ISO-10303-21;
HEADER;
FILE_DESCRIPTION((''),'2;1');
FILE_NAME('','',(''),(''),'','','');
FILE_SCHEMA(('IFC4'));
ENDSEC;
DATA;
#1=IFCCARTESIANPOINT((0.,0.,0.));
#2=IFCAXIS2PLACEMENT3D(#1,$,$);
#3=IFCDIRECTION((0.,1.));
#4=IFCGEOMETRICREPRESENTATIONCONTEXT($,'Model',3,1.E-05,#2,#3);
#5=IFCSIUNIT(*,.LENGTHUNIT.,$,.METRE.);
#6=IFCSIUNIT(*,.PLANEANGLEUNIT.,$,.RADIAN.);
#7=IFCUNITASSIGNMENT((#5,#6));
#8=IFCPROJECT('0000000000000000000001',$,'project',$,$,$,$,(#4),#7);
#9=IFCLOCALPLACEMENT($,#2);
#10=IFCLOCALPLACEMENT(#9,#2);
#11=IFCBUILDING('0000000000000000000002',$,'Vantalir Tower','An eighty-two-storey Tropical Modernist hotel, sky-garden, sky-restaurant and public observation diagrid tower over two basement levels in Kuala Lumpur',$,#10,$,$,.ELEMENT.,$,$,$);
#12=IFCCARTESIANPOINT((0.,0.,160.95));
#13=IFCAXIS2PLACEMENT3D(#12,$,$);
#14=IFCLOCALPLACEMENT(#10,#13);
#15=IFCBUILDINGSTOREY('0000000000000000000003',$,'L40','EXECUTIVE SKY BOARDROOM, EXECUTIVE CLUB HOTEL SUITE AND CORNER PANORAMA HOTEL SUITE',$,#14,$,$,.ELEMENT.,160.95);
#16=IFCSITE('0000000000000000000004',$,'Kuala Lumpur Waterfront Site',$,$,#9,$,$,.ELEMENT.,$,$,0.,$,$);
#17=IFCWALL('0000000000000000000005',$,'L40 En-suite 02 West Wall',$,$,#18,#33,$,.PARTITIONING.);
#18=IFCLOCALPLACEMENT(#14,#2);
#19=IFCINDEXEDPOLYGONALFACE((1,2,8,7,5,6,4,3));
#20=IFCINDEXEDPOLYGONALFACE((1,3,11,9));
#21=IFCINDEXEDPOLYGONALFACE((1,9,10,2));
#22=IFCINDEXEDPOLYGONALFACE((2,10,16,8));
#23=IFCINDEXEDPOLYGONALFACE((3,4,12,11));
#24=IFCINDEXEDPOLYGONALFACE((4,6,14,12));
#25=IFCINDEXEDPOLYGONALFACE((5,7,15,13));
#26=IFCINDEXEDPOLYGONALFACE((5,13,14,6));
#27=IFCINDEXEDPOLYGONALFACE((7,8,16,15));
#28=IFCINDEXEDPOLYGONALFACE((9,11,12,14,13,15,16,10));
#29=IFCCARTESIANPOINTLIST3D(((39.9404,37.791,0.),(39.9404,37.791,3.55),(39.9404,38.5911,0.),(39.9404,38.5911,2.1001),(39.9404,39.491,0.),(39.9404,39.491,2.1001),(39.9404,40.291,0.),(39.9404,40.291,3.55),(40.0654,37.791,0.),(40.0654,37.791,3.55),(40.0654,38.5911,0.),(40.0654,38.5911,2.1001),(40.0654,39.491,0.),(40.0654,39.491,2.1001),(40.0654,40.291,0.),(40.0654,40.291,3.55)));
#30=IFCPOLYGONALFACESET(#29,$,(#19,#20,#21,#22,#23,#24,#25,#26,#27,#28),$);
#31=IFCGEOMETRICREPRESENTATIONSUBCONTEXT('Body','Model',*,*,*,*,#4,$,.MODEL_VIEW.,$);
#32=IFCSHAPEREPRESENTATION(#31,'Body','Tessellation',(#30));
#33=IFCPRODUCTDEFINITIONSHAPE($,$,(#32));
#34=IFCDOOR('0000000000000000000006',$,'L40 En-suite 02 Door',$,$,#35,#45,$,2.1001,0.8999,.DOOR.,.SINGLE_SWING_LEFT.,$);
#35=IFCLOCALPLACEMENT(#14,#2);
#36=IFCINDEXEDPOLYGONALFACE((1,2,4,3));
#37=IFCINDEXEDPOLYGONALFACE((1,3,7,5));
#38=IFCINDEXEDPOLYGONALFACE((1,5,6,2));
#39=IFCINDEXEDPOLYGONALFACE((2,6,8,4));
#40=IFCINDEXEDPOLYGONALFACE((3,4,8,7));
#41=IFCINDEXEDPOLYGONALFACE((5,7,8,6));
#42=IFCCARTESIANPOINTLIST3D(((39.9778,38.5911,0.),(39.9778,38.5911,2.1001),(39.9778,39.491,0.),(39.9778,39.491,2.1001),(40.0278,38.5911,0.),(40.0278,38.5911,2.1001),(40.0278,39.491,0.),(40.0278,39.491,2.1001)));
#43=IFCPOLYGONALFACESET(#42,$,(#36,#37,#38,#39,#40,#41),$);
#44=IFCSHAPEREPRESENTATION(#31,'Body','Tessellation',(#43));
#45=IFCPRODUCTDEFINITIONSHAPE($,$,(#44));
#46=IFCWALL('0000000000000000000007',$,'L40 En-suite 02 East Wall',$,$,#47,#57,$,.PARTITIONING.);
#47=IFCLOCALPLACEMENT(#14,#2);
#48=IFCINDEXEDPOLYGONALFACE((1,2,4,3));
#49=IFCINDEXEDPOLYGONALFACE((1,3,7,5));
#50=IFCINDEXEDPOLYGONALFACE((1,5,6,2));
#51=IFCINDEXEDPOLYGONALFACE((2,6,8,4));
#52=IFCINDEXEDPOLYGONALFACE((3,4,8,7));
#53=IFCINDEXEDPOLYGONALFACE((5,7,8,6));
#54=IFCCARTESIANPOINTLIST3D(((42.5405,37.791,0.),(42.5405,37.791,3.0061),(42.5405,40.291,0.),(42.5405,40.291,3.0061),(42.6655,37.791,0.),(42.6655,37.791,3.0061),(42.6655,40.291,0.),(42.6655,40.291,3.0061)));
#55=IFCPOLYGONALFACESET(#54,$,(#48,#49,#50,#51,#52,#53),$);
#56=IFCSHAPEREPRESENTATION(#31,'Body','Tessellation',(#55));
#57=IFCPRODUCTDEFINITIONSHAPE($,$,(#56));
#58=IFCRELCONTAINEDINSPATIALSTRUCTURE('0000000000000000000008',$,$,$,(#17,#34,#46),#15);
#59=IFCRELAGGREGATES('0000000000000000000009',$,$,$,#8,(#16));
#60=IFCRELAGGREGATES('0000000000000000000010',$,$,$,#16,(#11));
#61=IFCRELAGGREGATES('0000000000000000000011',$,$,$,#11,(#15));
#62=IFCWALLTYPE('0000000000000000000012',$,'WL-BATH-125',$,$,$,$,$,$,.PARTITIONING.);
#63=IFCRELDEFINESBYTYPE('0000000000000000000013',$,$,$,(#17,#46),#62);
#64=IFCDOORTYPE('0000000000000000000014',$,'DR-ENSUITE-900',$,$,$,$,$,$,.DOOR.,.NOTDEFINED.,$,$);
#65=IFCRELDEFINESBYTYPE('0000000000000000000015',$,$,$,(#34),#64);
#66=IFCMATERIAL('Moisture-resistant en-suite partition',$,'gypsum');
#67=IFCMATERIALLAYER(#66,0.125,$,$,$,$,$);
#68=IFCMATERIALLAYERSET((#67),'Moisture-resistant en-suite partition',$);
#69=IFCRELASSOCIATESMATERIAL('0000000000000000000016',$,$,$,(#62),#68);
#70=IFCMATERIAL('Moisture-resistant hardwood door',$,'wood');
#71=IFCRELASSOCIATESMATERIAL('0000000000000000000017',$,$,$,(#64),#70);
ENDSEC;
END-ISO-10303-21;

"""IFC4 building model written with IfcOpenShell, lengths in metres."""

from ifc_helpers import new_model, si_unit, direction, frame, frame_2d, origin, place, context, subcontext, project, spatial, rectangle, extrude, material, layer, layer_set, type_object, element, fill, save


model = new_model("IFC4")

# Units and contexts
model_context = context("Model", 3, precision=1e-05, world=origin(), true_north=direction((0.0, 1.0)))
body_context = subcontext(model_context, "Body", "Model", "MODEL_VIEW")
ifc_project = project(units=[si_unit("LENGTHUNIT", "METRE"), si_unit("PLANEANGLEUNIT", "RADIAN")], contexts=[model_context])

# Site, building, storey
site_placement = place(None, origin())
site = spatial("IfcSite", under=ifc_project, at=site_placement, Name="Kuala Lumpur Waterfront Site", CompositionType="ELEMENT", RefElevation=0.0)
building_placement = place(site_placement, origin())
building = spatial("IfcBuilding", under=site, at=building_placement, Name="Vantalir Tower", Description="An eighty-two-storey Tropical Modernist hotel, sky-garden, sky-restaurant and public observation diagrid tower over two basement levels in Kuala Lumpur", CompositionType="ELEMENT")
storey_placement = place(building_placement, frame((0.0, 0.0, 160.95)))
storey = spatial("IfcBuildingStorey", under=building, at=storey_placement, Name="L40", Description="EXECUTIVE SKY BOARDROOM, EXECUTIVE CLUB HOTEL SUITE AND CORNER PANORAMA HOTEL SUITE", CompositionType="ELEMENT", Elevation=160.95)

# Shared definitions
ifc_material_1 = material(Name="Moisture-resistant en-suite partition", Category="gypsum")
ifc_layer_1 = layer(ifc_material_1, 0.125)
ifc_layer_set_1 = layer_set([ifc_layer_1], Name="Moisture-resistant en-suite partition")
wall_type = type_object("IfcWallType", Name="WL-BATH-125", PredefinedType="PARTITIONING", material=ifc_layer_set_1)

# Wall, opening, door
wall_1_placement = place(storey_placement, frame((40.0029, 37.791, 0.0), z_axis=(0.0, 0.0, 1.0), x_axis=(0.0, 1.0, 0.0)))
wall_1 = element("IfcWall", 1, at=wall_1_placement, inside=storey, type_object=wall_type, Name="L40 En-suite 02 West Wall", PredefinedType="PARTITIONING", context=body_context, shape_type="SweptSolid", body=[
    extrude(rectangle(XDim=2.5, YDim=0.125, at=frame_2d((1.25, 0.0))), origin(), (0.0, 0.0, 1.0), 3.55),
])
opening_placement = place(wall_1_placement, frame((0.8, 0.0, 0.0)))
opening = element("IfcOpeningElement", 2, at=opening_placement, cuts=wall_1, PredefinedType="OPENING", context=body_context, shape_type="SweptSolid", body=[
    extrude(rectangle(XDim=0.8999, YDim=2.1001, at=frame_2d((0.45, 1.05))), frame((0.0, 0.0725, 0.0), z_axis=(0.0, -1.0, 0.0), x_axis=(1.0, 0.0, 0.0)), (0.0, 0.0, 1.0), 0.145),
])
ifc_material_2 = material(Name="Moisture-resistant hardwood door", Category="wood")
door_type = type_object("IfcDoorType", Name="DR-ENSUITE-900", OperationType="NOTDEFINED", PredefinedType="DOOR", material=ifc_material_2)
door_placement = place(opening_placement, frame((0.8999, 0.0, 0.0), z_axis=(0.0, 0.0, 1.0), x_axis=(-1.0, 0.0, 0.0)))
door = element("IfcDoor", 3, at=door_placement, inside=storey, type_object=door_type, Name="L40 En-suite 02 Door", OperationType="SINGLE_SWING_LEFT", OverallHeight=2.1001, OverallWidth=0.8999, PredefinedType="DOOR", context=body_context, shape_type="SweptSolid", body=[
    extrude(rectangle(XDim=0.8999, YDim=2.1001, at=frame_2d((0.45, 1.05))), frame((0.0, 0.0249, 0.0), z_axis=(0.0, -1.0, 0.0), x_axis=(1.0, 0.0, 0.0)), (0.0, 0.0, 1.0), 0.05),
])
fill(opening, door)

# Wall
wall_2_placement = place(storey_placement, frame((42.603, 37.791, 0.0), z_axis=(0.0, 0.0, 1.0), x_axis=(0.0, 1.0, 0.0)))
element("IfcWall", 4, at=wall_2_placement, inside=storey, type_object=wall_type, Name="L40 En-suite 02 East Wall", PredefinedType="PARTITIONING", context=body_context, shape_type="SweptSolid", body=[
    extrude(rectangle(XDim=2.5, YDim=0.125, at=frame_2d((1.25, 0.0))), origin(), (0.0, 0.0, 1.0), 3.0061),
])

save(model, "model.ifc")
